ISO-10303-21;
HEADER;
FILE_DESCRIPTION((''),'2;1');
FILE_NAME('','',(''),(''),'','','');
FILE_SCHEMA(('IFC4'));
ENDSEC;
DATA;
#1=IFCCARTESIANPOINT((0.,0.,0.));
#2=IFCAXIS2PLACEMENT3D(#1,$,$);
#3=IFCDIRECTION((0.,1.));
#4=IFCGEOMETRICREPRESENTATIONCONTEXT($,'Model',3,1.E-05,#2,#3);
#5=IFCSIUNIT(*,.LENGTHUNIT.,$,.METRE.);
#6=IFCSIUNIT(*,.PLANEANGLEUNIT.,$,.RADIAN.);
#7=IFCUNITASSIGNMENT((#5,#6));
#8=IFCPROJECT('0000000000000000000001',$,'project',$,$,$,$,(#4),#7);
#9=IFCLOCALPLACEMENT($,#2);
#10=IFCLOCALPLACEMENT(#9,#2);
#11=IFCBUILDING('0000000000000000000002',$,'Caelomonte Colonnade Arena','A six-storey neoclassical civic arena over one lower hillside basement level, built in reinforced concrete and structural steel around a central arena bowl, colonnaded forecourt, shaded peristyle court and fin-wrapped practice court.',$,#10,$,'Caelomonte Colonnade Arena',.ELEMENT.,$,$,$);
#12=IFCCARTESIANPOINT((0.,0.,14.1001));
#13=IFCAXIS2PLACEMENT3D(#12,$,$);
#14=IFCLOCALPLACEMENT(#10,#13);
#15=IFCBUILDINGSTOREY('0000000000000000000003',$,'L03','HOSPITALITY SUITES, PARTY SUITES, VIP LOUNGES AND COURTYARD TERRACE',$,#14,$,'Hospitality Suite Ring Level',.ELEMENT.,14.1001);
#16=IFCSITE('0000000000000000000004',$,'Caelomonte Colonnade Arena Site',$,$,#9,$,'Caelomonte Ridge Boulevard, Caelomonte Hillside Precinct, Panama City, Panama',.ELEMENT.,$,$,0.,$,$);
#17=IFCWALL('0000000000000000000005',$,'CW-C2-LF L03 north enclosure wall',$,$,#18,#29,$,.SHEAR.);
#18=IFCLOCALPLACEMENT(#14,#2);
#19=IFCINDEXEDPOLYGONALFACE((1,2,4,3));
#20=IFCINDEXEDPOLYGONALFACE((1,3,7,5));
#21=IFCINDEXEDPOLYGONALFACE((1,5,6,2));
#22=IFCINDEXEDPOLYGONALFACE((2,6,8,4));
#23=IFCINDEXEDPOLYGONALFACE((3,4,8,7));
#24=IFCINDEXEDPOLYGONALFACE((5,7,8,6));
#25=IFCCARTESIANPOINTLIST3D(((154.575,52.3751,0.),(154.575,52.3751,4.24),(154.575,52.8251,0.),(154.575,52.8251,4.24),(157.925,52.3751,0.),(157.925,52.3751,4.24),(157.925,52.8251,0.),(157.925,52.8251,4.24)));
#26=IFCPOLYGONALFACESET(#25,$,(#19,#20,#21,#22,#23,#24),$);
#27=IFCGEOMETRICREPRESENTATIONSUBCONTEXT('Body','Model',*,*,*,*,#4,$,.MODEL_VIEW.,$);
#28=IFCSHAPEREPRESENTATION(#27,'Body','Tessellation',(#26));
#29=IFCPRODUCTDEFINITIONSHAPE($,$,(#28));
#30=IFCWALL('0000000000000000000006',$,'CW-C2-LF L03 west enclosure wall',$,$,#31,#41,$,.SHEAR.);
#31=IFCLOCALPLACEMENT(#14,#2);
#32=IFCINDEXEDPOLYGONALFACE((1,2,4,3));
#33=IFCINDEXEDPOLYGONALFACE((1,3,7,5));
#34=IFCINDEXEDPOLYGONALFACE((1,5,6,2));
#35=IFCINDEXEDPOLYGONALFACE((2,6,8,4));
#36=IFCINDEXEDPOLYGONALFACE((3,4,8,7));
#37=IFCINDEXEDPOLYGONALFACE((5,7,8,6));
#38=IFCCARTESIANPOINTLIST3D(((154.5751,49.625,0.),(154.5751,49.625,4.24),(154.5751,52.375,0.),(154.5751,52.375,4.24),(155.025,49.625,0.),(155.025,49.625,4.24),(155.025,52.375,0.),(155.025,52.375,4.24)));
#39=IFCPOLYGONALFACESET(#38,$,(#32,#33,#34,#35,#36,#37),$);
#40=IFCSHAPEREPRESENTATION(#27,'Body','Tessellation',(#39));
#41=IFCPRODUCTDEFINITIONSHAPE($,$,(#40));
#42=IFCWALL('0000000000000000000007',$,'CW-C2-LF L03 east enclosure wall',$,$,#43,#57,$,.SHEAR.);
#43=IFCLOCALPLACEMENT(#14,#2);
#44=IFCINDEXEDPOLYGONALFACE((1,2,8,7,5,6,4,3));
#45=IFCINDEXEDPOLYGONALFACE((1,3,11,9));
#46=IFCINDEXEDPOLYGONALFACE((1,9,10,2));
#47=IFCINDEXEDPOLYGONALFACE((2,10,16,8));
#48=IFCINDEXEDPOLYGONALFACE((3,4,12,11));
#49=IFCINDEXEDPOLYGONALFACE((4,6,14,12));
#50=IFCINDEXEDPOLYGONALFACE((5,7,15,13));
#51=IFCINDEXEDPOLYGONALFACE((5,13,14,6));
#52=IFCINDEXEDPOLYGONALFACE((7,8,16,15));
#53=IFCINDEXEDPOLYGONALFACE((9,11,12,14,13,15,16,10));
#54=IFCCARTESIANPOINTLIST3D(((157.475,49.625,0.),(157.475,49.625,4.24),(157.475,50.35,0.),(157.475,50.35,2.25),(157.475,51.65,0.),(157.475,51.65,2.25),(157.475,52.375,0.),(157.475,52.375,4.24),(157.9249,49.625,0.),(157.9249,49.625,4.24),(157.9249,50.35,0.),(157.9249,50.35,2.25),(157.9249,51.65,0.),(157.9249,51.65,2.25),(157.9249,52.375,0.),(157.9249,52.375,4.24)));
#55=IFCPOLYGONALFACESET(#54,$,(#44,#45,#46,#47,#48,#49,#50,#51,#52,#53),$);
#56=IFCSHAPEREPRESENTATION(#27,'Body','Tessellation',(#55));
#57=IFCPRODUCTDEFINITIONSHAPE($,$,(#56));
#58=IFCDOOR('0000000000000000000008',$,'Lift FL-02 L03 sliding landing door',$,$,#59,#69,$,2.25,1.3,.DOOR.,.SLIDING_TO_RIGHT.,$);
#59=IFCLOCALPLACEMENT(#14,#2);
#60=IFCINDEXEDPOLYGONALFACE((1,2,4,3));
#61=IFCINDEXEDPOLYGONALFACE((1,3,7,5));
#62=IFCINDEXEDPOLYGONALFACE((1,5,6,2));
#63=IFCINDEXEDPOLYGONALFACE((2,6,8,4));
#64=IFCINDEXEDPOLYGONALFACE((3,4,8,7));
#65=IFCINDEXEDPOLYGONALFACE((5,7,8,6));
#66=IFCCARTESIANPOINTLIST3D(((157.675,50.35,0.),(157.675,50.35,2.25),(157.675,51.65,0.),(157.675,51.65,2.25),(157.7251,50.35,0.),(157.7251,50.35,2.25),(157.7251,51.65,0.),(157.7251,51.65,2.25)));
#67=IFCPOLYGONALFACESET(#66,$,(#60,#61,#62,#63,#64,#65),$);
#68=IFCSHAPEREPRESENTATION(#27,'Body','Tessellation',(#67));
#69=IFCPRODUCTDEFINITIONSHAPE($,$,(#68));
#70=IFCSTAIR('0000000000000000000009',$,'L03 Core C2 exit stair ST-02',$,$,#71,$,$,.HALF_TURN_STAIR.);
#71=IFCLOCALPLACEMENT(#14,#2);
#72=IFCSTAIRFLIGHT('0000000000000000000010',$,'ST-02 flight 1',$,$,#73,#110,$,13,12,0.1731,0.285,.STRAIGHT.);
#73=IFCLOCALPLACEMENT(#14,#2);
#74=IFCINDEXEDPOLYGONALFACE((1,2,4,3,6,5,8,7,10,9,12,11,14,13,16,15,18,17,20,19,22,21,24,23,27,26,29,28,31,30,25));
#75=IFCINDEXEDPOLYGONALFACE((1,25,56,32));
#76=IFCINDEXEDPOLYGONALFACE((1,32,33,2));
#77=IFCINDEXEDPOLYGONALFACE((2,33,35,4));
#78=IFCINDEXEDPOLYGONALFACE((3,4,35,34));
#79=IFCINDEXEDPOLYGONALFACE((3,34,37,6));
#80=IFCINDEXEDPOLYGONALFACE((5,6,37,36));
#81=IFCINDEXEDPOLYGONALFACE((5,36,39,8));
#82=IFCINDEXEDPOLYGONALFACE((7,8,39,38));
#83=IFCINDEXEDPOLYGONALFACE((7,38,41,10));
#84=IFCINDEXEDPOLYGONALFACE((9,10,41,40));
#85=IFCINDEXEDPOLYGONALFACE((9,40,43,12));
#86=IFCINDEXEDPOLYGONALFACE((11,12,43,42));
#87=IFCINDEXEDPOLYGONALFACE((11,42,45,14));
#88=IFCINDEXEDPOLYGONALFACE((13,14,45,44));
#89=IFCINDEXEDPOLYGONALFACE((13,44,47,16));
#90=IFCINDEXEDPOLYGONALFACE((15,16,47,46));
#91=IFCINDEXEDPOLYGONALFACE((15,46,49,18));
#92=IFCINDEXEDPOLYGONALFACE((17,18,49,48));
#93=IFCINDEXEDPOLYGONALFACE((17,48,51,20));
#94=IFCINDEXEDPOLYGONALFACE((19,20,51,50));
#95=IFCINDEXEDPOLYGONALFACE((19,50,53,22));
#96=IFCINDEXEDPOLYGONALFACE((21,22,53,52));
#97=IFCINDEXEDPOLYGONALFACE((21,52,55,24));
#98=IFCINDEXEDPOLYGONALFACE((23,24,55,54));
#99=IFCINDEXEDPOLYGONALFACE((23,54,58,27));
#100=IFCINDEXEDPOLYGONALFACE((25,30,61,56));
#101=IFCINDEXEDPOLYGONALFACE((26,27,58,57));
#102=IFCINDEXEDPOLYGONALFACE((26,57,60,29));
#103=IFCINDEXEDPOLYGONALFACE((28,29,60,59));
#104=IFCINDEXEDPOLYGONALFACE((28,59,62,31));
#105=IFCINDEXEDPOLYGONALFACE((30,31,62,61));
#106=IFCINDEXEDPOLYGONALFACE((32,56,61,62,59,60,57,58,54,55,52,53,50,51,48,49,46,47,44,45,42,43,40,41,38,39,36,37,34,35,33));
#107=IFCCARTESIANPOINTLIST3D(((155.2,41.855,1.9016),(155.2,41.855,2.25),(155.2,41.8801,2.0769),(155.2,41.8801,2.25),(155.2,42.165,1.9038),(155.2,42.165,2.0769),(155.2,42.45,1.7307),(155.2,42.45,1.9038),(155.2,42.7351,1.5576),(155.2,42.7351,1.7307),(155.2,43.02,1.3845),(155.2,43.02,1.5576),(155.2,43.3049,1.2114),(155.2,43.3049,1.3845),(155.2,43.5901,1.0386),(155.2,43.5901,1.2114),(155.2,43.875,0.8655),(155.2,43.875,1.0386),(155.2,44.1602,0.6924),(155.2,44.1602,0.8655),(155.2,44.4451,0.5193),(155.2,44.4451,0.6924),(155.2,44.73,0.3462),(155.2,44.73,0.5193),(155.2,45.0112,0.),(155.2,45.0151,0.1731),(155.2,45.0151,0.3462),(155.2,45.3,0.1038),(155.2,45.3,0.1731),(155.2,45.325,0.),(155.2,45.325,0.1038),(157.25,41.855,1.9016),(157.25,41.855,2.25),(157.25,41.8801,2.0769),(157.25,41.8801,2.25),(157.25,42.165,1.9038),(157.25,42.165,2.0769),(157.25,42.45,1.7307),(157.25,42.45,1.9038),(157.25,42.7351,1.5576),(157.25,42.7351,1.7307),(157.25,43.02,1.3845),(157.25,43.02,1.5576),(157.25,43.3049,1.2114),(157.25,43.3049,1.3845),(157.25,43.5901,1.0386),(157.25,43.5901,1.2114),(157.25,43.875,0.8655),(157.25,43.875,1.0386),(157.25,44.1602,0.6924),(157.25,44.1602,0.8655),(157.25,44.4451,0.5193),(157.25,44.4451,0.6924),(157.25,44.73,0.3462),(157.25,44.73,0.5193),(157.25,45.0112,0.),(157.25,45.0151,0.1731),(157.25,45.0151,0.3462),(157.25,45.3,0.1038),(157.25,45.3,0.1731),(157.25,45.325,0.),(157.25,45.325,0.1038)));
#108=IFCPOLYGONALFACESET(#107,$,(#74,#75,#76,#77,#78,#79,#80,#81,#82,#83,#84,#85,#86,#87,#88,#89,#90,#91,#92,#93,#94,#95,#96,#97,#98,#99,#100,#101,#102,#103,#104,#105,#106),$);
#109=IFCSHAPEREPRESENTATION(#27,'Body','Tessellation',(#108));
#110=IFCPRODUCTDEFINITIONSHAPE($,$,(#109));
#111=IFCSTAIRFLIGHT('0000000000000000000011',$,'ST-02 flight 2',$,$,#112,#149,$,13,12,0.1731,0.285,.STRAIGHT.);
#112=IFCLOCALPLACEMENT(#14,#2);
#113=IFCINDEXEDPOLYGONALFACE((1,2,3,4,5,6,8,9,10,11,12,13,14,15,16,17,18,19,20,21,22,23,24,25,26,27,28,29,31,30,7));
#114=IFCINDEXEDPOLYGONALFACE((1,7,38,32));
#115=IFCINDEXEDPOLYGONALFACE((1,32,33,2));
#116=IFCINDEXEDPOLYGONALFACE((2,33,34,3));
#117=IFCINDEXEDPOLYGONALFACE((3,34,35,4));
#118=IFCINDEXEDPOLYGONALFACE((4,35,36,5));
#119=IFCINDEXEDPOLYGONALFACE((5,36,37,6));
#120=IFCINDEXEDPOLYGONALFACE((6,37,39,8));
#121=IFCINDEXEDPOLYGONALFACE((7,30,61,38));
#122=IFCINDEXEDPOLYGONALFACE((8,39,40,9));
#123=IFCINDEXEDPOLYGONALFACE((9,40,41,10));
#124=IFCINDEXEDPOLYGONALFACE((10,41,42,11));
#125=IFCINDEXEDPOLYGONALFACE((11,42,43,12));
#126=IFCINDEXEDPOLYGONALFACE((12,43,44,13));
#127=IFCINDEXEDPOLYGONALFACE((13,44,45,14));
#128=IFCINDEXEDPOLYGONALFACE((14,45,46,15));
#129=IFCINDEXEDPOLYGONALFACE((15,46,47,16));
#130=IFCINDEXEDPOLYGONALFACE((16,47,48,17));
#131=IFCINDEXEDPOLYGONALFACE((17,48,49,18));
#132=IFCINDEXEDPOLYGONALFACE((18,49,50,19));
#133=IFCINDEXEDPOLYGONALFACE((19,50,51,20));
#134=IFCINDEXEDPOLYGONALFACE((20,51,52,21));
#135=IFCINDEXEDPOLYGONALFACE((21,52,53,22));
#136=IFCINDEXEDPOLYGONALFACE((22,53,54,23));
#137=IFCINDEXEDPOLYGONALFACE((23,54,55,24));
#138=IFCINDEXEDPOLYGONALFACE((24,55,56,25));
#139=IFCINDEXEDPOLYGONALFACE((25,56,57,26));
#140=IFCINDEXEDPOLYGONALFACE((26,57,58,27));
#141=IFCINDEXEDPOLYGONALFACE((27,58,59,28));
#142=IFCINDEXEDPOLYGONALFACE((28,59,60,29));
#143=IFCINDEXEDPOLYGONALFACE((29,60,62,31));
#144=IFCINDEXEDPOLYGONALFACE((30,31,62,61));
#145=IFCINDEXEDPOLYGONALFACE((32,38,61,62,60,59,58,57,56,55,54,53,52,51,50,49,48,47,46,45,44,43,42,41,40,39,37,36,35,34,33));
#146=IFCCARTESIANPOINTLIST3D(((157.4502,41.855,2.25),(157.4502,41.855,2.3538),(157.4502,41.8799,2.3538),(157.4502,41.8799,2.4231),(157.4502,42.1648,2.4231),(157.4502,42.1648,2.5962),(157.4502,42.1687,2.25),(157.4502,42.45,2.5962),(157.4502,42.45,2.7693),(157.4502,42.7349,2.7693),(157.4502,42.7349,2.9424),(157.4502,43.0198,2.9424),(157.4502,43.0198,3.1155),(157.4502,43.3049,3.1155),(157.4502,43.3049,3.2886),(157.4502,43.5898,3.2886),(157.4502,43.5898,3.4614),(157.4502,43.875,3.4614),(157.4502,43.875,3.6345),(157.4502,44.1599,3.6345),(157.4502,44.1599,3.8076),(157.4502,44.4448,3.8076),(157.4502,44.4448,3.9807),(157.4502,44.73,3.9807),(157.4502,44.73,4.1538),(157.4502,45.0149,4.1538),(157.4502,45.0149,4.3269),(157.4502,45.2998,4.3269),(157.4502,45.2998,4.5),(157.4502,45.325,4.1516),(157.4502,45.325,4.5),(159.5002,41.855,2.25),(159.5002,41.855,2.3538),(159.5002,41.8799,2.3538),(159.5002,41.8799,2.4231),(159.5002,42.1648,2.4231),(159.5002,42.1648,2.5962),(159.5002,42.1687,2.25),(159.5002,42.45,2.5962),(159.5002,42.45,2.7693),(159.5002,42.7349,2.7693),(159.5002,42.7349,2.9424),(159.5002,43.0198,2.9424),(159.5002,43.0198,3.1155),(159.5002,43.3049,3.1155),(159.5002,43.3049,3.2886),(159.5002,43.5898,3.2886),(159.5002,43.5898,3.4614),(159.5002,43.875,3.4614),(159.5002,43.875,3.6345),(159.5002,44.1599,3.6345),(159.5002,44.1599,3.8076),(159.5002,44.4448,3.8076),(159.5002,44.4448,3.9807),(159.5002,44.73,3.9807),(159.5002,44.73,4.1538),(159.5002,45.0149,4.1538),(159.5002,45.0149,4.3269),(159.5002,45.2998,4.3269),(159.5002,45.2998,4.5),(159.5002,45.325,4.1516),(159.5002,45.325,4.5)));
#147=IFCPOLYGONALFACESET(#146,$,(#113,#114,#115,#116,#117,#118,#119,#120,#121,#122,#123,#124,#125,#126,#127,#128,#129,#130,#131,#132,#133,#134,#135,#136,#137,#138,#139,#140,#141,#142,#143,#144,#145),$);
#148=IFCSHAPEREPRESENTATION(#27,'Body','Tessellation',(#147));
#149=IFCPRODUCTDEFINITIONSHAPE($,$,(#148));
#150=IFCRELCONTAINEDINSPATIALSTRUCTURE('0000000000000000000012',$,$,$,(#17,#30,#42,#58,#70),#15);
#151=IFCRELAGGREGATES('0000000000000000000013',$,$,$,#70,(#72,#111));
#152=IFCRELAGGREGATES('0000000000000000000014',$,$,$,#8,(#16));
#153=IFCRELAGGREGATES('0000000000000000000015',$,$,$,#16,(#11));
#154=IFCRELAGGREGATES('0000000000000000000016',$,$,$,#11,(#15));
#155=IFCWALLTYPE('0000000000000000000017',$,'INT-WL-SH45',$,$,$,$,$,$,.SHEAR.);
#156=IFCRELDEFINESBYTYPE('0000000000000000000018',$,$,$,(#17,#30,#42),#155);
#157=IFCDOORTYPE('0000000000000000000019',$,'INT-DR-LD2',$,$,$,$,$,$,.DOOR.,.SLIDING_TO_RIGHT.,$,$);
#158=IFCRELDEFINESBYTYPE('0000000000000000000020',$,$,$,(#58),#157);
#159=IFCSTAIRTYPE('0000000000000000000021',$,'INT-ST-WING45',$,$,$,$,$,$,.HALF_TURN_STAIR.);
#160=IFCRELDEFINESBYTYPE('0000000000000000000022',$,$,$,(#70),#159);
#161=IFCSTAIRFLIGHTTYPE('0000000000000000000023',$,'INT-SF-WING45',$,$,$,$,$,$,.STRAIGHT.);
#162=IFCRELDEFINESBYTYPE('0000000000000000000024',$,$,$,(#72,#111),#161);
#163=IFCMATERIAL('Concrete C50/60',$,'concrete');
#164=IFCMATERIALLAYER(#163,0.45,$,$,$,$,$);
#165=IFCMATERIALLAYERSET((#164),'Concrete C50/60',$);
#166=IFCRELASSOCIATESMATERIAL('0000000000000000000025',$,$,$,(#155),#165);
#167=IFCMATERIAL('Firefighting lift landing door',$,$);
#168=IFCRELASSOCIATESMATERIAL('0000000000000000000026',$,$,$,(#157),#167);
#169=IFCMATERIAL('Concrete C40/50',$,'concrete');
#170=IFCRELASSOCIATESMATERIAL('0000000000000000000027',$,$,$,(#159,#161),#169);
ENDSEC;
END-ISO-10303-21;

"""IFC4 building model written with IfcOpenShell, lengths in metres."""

from ifc_helpers import new_model, si_unit, direction, frame, frame_2d, origin, place, context, subcontext, project, spatial, polyline, rectangle, outline, extrude, material, layer, layer_set, type_object, element, fill, aggregate, save


model = new_model("IFC4")

# Units and contexts
model_context = context("Model", 3, precision=1e-05, world=origin(), true_north=direction((0.0, 1.0)))
body_context = subcontext(model_context, "Body", "Model", "MODEL_VIEW")
ifc_project = project(units=[si_unit("LENGTHUNIT", "METRE"), si_unit("PLANEANGLEUNIT", "RADIAN")], contexts=[model_context])

# Site, building, storey
site_placement = place(None, origin())
site = spatial("IfcSite", under=ifc_project, at=site_placement, Name="Caelomonte Colonnade Arena Site", LongName="Caelomonte Ridge Boulevard, Caelomonte Hillside Precinct, Panama City, Panama", CompositionType="ELEMENT", RefElevation=0.0)
building_placement = place(site_placement, origin())
building = spatial("IfcBuilding", under=site, at=building_placement, Name="Caelomonte Colonnade Arena", Description="A six-storey neoclassical civic arena over one lower hillside basement level, built in reinforced concrete and structural steel around a central arena bowl, colonnaded forecourt, shaded peristyle court and fin-wrapped practice court.", LongName="Caelomonte Colonnade Arena", CompositionType="ELEMENT")
storey_placement = place(building_placement, frame((0.0, 0.0, 14.1001)))
storey = spatial("IfcBuildingStorey", under=building, at=storey_placement, Name="L03", Description="HOSPITALITY SUITES, PARTY SUITES, VIP LOUNGES AND COURTYARD TERRACE", LongName="Hospitality Suite Ring Level", CompositionType="ELEMENT", Elevation=14.1001)

# Shared definitions
ifc_material_1 = material(Name="Concrete C40/50", Category="concrete")

# Walls
ifc_material_2 = material(Name="Concrete C50/60", Category="concrete")
ifc_layer_1 = layer(ifc_material_2, 0.45)
ifc_layer_set_1 = layer_set([ifc_layer_1], Name="Concrete C50/60")
wall_type_1 = type_object("IfcWallType", Name="INT-WL-SH45", PredefinedType="SHEAR", material=ifc_layer_set_1)
for number, where, z_axis, x_axis, name in (
    (1, (157.925, 52.6001, 0.0), (0.0, 0.0, 1.0), (-1.0, 0.0, 0.0), "CW-C2-LF L03 north enclosure wall"),
):
    element("IfcWall", number, at=place(storey_placement, frame(where, z_axis=z_axis, x_axis=x_axis)), inside=storey, type_object=wall_type_1, Name=name, PredefinedType="SHEAR", context=body_context, shape_type="SweptSolid", body=[
        extrude(rectangle(XDim=3.3501, YDim=0.45, at=frame_2d((1.675, 0.0))), origin(), (0.0, 0.0, 1.0), 4.24),
    ])
wall_1_placement = place(storey_placement, frame((154.8, 52.375, 0.0), z_axis=(0.0, 0.0, 1.0), x_axis=(0.0, -1.0, 0.0)))
element("IfcWall", 2, at=wall_1_placement, inside=storey, type_object=wall_type_1, Name="CW-C2-LF L03 west enclosure wall", PredefinedType="SHEAR", context=body_context, shape_type="SweptSolid", body=[
    extrude(rectangle(XDim=2.75, YDim=0.45, at=frame_2d((1.375, 0.0))), origin(), (0.0, 0.0, 1.0), 4.24),
])

# Wall, opening, door
wall_2_placement = place(storey_placement, frame((157.7, 49.625, 0.0), z_axis=(0.0, 0.0, 1.0), x_axis=(0.0, 1.0, 0.0)))
wall_2 = element("IfcWall", 3, at=wall_2_placement, inside=storey, type_object=wall_type_1, Name="CW-C2-LF L03 east enclosure wall", PredefinedType="SHEAR", context=body_context, shape_type="SweptSolid", body=[
    extrude(rectangle(XDim=2.75, YDim=0.45, at=frame_2d((1.375, 0.0))), origin(), (0.0, 0.0, 1.0), 4.24),
])
opening_placement = place(wall_2_placement, frame((0.7251, 0.0, 0.0), z_axis=(0.0, 0.0, 1.0), x_axis=(1.0, 0.0, 0.0)))
opening = element("IfcOpeningElement", 4, at=opening_placement, cuts=wall_2, PredefinedType="OPENING", context=body_context, shape_type="SweptSolid", body=[
    extrude(rectangle(XDim=1.3, YDim=2.25, at=frame_2d((0.6499, 1.125))), frame((0.0, 0.2349, 0.0), z_axis=(0.0, -1.0, 0.0), x_axis=(1.0, 0.0, 0.0)), (0.0, 0.0, 1.0), 0.47),
])
ifc_material_3 = material(Name="Firefighting lift landing door")
door_type = type_object("IfcDoorType", Name="INT-DR-LD2", OperationType="SLIDING_TO_RIGHT", PredefinedType="DOOR", material=ifc_material_3)
door_placement = place(opening_placement, origin())
door = element("IfcDoor", 5, at=door_placement, inside=storey, type_object=door_type, Name="Lift FL-02 L03 sliding landing door", OperationType="SLIDING_TO_RIGHT", OverallHeight=2.25, OverallWidth=1.3, PredefinedType="DOOR", context=body_context, shape_type="SweptSolid", body=[
    extrude(rectangle(XDim=1.3, YDim=2.25, at=frame_2d((0.6499, 1.125))), frame((0.0, 0.0249, 0.0), z_axis=(0.0, -1.0, 0.0), x_axis=(1.0, 0.0, 0.0)), (0.0, 0.0, 1.0), 0.05),
])
fill(opening, door)

# Stair, stair flights
stair_type = type_object("IfcStairType", Name="INT-ST-WING45", PredefinedType="HALF_TURN_STAIR", material=ifc_material_1)
stair_placement = place(storey_placement, origin())
stair = element("IfcStair", 6, at=stair_placement, inside=storey, type_object=stair_type, Name="L03 Core C2 exit stair ST-02", PredefinedType="HALF_TURN_STAIR")
stair_flight_type = type_object("IfcStairFlightType", Name="INT-SF-WING45", PredefinedType="STRAIGHT", material=ifc_material_1)
stair_flight_1_placement = place(storey_placement, frame((156.2251, 45.3, 0.0), z_axis=(0.0, 0.0, 1.0), x_axis=(0.0, -1.0, 0.0)))
stair_flight_1 = element("IfcStairFlight", 7, at=stair_flight_1_placement, type_object=stair_flight_type, Name="ST-02 flight 1", NumberOfRisers=13, NumberOfTreads=12, PredefinedType="STRAIGHT", RiserHeight=0.1731, TreadLength=0.285, context=body_context, shape_type="SweptSolid", body=[
    extrude(outline(polyline([(-0.0249, 0.0), (-0.0249, 0.1038), (0.0, 0.1038), (0.0, 0.1731), (0.2849, 0.1731), (0.2849, 0.3462), (0.5701, 0.3462), (0.5701, 0.5193), (0.855, 0.5193), (0.855, 0.6924), (1.1399, 0.6924), (1.1399, 0.8655), (1.425, 0.8655), (1.425, 1.0386), (1.71, 1.0386), (1.71, 1.2114), (1.9951, 1.2114), (1.9951, 1.3845), (2.28, 1.3845), (2.28, 1.5576), (2.5649, 1.5576), (2.5649, 1.7307), (2.8501, 1.7307), (2.8501, 1.9038), (3.135, 1.9038), (3.135, 2.0769), (3.4199, 2.0769), (3.4199, 2.25), (3.4451, 2.25), (3.4451, 1.9016), (0.2888, 0.0), (-0.0249, 0.0)])), frame((0.0, 1.0249, 0.0), z_axis=(0.0, -1.0, 0.0), x_axis=(1.0, 0.0, 0.0)), (0.0, 0.0, 1.0), 2.05),
])
stair_flight_2_placement = place(storey_placement, frame((158.4751, 41.8799, 2.25), z_axis=(0.0, 0.0, 1.0), x_axis=(0.0, 1.0, 0.0)))
stair_flight_2 = element("IfcStairFlight", 8, at=stair_flight_2_placement, type_object=stair_flight_type, Name="ST-02 flight 2", NumberOfRisers=13, NumberOfTreads=12, PredefinedType="STRAIGHT", RiserHeight=0.1731, TreadLength=0.285, context=body_context, shape_type="SweptSolid", body=[
    extrude(outline(polyline([(-0.0249, 0.0), (-0.0249, 0.1038), (0.0, 0.1038), (0.0, 0.1731), (0.2849, 0.1731), (0.2849, 0.3462), (0.5701, 0.3462), (0.5701, 0.5193), (0.855, 0.5193), (0.855, 0.6924), (1.1399, 0.6924), (1.1399, 0.8655), (1.425, 0.8655), (1.425, 1.0386), (1.71, 1.0386), (1.71, 1.2114), (1.9951, 1.2114), (1.9951, 1.3845), (2.28, 1.3845), (2.28, 1.5576), (2.5649, 1.5576), (2.5649, 1.7307), (2.8501, 1.7307), (2.8501, 1.9038), (3.135, 1.9038), (3.135, 2.0769), (3.4199, 2.0769), (3.4199, 2.25), (3.4451, 2.25), (3.4451, 1.9016), (0.2888, 0.0), (-0.0249, 0.0)])), frame((0.0, 1.0249, 0.0), z_axis=(0.0, -1.0, 0.0), x_axis=(1.0, 0.0, 0.0)), (0.0, 0.0, 1.0), 2.05),
])
aggregate(stair, [stair_flight_1, stair_flight_2])

save(model, "model.ifc")
